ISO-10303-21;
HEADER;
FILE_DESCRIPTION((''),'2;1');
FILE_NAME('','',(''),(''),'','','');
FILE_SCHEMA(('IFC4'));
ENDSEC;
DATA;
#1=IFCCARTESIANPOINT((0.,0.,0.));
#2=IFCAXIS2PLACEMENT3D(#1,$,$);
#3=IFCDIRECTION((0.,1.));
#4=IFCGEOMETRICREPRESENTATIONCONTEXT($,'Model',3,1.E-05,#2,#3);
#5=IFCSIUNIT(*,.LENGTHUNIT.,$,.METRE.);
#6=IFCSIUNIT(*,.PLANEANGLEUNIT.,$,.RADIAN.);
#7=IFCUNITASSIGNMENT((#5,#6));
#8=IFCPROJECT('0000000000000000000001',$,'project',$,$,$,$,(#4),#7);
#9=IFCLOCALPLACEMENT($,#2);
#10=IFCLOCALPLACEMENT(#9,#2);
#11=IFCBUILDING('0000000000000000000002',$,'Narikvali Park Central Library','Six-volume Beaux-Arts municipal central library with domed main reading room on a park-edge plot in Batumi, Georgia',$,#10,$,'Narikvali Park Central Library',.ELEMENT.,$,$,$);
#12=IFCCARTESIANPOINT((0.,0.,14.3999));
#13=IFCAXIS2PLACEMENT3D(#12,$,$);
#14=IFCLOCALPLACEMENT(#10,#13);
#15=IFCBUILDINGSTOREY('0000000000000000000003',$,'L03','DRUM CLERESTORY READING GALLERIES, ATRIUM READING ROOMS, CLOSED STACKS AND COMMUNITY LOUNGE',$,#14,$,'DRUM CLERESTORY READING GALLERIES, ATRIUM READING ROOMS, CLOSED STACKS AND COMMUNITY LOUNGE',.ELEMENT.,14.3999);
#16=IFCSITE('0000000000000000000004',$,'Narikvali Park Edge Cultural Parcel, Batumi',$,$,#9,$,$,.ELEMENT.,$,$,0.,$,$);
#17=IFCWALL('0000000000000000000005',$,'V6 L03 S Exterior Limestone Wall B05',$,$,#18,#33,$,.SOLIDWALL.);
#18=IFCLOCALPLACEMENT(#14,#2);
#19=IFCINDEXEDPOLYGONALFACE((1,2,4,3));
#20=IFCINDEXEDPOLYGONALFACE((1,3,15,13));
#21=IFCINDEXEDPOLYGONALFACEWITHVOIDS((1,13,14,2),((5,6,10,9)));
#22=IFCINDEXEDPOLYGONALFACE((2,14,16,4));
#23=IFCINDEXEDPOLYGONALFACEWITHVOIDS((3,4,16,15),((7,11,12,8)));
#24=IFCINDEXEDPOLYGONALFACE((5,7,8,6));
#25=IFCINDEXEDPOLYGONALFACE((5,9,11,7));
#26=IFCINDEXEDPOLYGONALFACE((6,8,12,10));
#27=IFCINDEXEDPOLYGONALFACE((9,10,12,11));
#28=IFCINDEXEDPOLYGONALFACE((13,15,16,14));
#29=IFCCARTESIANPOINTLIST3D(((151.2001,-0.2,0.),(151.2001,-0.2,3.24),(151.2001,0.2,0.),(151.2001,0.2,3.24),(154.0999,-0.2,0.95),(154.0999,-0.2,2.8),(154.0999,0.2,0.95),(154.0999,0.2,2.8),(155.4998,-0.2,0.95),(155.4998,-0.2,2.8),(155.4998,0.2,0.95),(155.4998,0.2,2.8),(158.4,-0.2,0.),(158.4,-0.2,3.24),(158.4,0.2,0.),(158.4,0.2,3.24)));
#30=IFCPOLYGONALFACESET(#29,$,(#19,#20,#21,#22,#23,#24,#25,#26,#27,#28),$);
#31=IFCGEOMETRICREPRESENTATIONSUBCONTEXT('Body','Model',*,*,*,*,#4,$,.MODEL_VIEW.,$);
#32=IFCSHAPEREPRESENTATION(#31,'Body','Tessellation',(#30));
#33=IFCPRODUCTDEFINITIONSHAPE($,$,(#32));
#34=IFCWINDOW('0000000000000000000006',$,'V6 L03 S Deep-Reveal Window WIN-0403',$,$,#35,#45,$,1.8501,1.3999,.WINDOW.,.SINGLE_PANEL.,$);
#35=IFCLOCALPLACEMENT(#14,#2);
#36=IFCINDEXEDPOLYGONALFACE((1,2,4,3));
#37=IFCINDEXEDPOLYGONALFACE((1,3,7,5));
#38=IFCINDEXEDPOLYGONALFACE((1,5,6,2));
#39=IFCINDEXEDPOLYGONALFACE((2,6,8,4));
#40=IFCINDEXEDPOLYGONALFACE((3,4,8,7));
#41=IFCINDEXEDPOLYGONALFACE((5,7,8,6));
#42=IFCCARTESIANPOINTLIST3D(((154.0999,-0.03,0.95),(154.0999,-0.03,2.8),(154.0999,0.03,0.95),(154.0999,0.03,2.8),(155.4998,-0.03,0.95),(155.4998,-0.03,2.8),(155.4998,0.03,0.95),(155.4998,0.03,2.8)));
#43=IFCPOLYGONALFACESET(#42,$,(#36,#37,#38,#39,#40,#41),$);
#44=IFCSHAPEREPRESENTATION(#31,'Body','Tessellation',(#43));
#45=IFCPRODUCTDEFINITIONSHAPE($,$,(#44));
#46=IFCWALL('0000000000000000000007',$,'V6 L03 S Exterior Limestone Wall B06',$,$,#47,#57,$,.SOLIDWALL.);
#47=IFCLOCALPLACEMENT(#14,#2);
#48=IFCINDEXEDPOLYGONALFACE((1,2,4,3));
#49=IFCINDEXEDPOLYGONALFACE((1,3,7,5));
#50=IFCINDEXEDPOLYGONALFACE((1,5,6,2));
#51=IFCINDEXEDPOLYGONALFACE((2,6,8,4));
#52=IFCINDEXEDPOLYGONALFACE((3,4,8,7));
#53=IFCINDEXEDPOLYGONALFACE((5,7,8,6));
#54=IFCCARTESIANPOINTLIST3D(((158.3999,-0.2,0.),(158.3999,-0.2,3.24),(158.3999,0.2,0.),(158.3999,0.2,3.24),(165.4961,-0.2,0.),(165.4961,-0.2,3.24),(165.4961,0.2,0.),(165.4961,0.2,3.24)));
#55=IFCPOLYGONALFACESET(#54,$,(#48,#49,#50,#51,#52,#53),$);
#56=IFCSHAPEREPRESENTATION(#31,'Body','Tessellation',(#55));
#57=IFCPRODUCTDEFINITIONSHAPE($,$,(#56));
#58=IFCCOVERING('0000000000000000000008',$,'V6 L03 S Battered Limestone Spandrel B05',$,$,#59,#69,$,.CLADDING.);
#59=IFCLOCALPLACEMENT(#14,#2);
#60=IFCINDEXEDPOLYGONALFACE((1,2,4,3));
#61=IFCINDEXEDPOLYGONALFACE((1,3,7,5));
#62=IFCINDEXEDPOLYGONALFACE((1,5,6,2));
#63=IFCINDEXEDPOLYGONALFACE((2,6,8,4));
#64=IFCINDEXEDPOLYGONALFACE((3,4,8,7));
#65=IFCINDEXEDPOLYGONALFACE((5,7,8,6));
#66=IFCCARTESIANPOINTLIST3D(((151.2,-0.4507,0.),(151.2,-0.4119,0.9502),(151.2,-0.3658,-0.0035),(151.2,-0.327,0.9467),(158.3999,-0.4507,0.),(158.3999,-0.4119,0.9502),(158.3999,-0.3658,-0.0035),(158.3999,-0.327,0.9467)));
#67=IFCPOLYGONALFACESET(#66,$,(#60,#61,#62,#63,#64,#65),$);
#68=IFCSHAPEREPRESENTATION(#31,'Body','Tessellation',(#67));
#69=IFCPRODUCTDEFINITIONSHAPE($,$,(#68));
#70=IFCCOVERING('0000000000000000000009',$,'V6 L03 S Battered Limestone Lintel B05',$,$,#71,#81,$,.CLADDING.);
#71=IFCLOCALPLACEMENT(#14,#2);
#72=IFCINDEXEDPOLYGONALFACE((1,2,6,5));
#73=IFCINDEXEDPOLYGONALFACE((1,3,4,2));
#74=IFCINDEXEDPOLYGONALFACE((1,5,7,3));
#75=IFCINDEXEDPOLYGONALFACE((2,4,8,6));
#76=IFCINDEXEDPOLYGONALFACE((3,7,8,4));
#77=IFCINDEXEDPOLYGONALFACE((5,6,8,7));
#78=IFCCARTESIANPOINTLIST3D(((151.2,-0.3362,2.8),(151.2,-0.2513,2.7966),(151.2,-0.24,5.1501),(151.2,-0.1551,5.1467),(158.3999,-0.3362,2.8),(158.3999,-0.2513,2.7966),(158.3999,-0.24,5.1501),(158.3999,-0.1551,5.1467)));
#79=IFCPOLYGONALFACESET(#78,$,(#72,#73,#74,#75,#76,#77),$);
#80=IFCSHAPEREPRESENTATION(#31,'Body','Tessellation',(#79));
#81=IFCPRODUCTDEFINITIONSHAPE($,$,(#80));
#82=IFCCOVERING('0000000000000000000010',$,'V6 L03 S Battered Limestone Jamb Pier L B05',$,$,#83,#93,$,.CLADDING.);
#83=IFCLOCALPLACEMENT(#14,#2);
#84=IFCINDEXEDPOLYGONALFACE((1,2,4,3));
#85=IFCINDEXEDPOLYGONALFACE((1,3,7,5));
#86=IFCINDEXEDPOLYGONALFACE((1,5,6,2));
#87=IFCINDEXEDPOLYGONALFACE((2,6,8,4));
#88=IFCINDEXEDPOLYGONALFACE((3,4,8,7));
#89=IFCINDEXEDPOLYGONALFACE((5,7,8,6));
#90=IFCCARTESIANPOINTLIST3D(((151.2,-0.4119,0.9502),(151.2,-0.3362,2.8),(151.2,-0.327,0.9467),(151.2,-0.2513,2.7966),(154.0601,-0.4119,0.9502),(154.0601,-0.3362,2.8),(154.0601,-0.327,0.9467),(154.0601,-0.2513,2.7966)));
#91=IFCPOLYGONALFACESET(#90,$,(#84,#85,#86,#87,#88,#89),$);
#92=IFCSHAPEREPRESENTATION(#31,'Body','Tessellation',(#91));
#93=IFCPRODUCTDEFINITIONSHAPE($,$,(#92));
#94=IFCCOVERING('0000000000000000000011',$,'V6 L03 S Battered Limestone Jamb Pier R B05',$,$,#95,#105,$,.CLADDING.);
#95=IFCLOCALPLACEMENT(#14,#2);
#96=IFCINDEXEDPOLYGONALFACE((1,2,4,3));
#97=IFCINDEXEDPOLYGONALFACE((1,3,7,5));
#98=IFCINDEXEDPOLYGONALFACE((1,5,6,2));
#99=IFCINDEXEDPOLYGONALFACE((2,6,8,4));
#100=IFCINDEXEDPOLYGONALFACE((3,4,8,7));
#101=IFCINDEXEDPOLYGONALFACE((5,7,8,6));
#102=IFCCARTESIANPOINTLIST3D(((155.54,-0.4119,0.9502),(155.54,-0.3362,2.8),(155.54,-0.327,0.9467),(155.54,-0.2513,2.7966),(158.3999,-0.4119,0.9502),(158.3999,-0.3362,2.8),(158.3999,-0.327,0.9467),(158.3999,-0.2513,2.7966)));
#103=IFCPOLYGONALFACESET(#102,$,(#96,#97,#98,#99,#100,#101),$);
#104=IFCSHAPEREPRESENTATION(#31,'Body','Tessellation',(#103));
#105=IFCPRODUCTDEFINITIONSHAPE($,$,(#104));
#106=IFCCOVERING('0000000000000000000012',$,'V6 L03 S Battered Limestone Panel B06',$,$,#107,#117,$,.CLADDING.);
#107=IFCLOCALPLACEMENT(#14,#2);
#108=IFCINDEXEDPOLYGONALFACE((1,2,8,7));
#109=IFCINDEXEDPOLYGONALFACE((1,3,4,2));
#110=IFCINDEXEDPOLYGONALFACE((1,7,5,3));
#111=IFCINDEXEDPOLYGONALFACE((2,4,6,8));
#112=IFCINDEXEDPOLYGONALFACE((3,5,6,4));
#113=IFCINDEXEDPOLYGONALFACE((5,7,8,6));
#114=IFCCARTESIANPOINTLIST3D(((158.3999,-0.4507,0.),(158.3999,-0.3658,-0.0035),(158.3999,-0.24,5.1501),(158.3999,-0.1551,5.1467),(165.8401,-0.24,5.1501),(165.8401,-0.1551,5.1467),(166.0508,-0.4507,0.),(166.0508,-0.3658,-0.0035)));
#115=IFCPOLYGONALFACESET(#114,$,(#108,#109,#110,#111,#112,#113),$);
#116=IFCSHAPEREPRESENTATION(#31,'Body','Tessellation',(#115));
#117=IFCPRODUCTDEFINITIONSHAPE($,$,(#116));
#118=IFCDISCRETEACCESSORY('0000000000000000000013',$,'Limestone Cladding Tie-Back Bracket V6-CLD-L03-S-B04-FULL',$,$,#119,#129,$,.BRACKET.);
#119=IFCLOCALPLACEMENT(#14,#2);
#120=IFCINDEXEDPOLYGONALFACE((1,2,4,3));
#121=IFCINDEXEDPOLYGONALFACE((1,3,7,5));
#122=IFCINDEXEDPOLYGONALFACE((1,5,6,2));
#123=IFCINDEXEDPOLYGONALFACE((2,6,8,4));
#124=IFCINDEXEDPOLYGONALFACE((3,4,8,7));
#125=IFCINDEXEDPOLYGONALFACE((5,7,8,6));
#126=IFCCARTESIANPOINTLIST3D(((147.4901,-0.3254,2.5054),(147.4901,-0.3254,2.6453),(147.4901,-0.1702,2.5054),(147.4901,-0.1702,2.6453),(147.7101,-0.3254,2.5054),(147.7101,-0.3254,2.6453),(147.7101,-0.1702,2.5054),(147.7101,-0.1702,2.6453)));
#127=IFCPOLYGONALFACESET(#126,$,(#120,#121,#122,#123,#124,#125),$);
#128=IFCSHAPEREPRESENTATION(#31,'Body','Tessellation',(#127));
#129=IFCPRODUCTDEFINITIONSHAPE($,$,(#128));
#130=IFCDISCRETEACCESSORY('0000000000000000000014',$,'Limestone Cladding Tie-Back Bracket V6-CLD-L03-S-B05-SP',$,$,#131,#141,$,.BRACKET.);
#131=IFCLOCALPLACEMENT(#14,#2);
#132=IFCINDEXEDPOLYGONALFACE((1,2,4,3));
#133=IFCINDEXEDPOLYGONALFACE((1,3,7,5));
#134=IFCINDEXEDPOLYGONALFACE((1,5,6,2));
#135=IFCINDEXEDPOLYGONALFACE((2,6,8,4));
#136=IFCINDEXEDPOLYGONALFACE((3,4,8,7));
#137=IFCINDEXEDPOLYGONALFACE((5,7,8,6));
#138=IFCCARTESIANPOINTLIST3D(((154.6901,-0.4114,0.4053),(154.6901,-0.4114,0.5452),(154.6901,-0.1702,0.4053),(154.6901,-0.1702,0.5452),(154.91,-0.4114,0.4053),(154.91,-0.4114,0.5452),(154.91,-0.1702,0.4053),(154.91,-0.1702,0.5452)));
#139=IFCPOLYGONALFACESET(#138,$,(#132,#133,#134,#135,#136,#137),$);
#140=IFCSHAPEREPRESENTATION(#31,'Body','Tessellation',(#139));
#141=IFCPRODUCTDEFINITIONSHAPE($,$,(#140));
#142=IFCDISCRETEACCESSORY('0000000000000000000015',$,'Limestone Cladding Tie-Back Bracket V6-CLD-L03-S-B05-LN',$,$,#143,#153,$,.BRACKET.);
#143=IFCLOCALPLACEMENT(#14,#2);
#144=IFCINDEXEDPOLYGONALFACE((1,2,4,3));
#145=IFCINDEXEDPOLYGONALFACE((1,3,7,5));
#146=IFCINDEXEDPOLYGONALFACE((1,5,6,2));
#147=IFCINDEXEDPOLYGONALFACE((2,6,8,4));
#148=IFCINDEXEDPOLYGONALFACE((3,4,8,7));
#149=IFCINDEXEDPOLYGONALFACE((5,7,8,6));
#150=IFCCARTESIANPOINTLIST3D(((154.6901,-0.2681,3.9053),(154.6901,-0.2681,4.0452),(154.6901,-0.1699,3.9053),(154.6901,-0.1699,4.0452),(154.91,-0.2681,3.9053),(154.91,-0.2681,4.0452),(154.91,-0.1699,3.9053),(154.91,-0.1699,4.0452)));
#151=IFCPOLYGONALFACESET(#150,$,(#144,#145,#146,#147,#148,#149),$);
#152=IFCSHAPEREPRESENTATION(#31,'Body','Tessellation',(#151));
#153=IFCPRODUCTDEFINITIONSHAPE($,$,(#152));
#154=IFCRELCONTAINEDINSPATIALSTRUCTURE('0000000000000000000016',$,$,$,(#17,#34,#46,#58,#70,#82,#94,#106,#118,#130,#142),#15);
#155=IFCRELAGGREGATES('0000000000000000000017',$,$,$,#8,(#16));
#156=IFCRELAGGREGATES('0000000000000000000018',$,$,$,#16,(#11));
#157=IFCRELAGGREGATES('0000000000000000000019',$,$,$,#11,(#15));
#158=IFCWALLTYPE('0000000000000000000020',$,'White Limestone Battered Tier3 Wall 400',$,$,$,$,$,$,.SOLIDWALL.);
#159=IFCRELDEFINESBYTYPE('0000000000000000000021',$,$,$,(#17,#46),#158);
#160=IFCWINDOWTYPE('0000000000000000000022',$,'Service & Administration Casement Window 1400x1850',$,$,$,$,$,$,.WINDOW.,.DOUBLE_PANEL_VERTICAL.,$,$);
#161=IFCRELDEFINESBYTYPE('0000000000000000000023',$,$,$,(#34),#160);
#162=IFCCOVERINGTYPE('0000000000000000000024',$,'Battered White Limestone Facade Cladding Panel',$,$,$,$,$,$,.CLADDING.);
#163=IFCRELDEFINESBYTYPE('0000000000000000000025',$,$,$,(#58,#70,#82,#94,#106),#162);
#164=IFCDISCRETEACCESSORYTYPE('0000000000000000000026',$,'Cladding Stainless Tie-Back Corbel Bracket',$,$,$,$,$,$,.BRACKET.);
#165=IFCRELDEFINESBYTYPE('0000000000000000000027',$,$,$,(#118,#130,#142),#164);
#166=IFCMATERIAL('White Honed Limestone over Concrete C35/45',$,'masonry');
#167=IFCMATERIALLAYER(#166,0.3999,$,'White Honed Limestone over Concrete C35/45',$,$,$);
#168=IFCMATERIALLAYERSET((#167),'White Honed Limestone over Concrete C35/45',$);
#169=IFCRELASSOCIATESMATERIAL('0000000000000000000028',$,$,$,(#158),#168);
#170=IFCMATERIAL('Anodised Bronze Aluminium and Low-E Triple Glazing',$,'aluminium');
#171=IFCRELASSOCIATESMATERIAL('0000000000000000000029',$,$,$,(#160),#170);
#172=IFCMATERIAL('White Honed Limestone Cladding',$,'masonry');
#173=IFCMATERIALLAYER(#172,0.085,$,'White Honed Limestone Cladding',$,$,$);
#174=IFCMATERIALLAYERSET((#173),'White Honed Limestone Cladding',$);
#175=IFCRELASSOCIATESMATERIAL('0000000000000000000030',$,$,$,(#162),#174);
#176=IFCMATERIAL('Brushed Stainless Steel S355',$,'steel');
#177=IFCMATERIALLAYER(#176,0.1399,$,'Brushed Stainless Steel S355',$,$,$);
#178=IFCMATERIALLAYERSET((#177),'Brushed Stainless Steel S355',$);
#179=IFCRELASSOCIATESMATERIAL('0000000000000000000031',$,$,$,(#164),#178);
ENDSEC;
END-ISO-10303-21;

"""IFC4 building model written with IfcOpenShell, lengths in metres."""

from ifc_helpers import new_model, si_unit, direction, frame, frame_2d, origin, origin_2d, place, context, subcontext, project, spatial, polyline, rectangle, outline, extrude, material, layer, layer_set, type_object, element, fill, save


model = new_model("IFC4")

# Units and contexts
model_context = context("Model", 3, precision=1e-05, world=origin(), true_north=direction((0.0, 1.0)))
body_context = subcontext(model_context, "Body", "Model", "MODEL_VIEW")
ifc_project = project(units=[si_unit("LENGTHUNIT", "METRE"), si_unit("PLANEANGLEUNIT", "RADIAN")], contexts=[model_context])

# Site, building, storey
site_placement = place(None, origin())
site = spatial("IfcSite", under=ifc_project, at=site_placement, Name="Narikvali Park Edge Cultural Parcel, Batumi", CompositionType="ELEMENT", RefElevation=0.0)
building_placement = place(site_placement, origin())
building = spatial("IfcBuilding", under=site, at=building_placement, Name="Narikvali Park Central Library", Description="Six-volume Beaux-Arts municipal central library with domed main reading room on a park-edge plot in Batumi, Georgia", LongName="Narikvali Park Central Library", CompositionType="ELEMENT")
storey_placement = place(building_placement, frame((0.0, 0.0, 14.3999)))
storey = spatial("IfcBuildingStorey", under=building, at=storey_placement, Name="L03", Description="DRUM CLERESTORY READING GALLERIES, ATRIUM READING ROOMS, CLOSED STACKS AND COMMUNITY LOUNGE", LongName="DRUM CLERESTORY READING GALLERIES, ATRIUM READING ROOMS, CLOSED STACKS AND COMMUNITY LOUNGE", CompositionType="ELEMENT", Elevation=14.3999)

# Wall, opening, window
ifc_material_1 = material(Name="White Honed Limestone over Concrete C35/45", Category="masonry")
ifc_layer_1 = layer(ifc_material_1, 0.3999, Name="White Honed Limestone over Concrete C35/45")
ifc_layer_set_1 = layer_set([ifc_layer_1], Name="White Honed Limestone over Concrete C35/45")
wall_type_1 = type_object("IfcWallType", Name="White Limestone Battered Tier3 Wall 400", PredefinedType="SOLIDWALL", material=ifc_layer_set_1)
wall_1_placement = place(storey_placement, frame((151.2, 0.0, 0.0), z_axis=(0.0, 0.0, 1.0), x_axis=(1.0, 0.0, 0.0)))
wall_1 = element("IfcWall", 1, at=wall_1_placement, inside=storey, type_object=wall_type_1, Name="V6 L03 S Exterior Limestone Wall B05", PredefinedType="SOLIDWALL", context=body_context, shape_type="SweptSolid", body=[
    extrude(rectangle(XDim=7.2, YDim=0.3999, at=frame_2d((3.6001, 0.0))), origin(), (0.0, 0.0, 1.0), 3.24),
])
opening_1_placement = place(wall_1_placement, frame((2.8999, 0.0, 0.95)))
opening_1 = element("IfcOpeningElement", 2, at=opening_1_placement, cuts=wall_1, PredefinedType="OPENING", context=body_context, shape_type="SweptSolid", body=[
    extrude(rectangle(XDim=1.3999, YDim=1.8501, at=frame_2d((0.7, 0.925))), frame((0.0, 0.2119, 0.0), z_axis=(0.0, -1.0, 0.0), x_axis=(1.0, 0.0, 0.0)), (0.0, 0.0, 1.0), 0.4238),
])
ifc_material_2 = material(Name="Anodised Bronze Aluminium and Low-E Triple Glazing", Category="aluminium")
window_type = type_object("IfcWindowType", Name="Service & Administration Casement Window 1400x1850", PartitioningType="DOUBLE_PANEL_VERTICAL", PredefinedType="WINDOW", material=ifc_material_2)
window_placement = place(opening_1_placement, origin())
window = element("IfcWindow", 3, at=window_placement, inside=storey, type_object=window_type, Name="V6 L03 S Deep-Reveal Window WIN-0403", OverallHeight=1.8501, OverallWidth=1.3999, PartitioningType="SINGLE_PANEL", PredefinedType="WINDOW", context=body_context, shape_type="SweptSolid", body=[
    extrude(rectangle(XDim=1.3999, YDim=1.8501, at=frame_2d((0.7, 0.925))), frame((0.0, 0.03, 0.0), z_axis=(0.0, -1.0, 0.0), x_axis=(1.0, 0.0, 0.0)), (0.0, 0.0, 1.0), 0.0601),
])
fill(opening_1, window)

# Wall
wall_2_placement = place(storey_placement, frame((158.3999, 0.0, 0.0), z_axis=(0.0, 0.0, 1.0), x_axis=(1.0, 0.0, 0.0)))
element("IfcWall", 4, at=wall_2_placement, inside=storey, type_object=wall_type_1, Name="V6 L03 S Exterior Limestone Wall B06", PredefinedType="SOLIDWALL", context=body_context, shape_type="SweptSolid", body=[
    extrude(rectangle(XDim=7.0962, YDim=0.3999, at=frame_2d((3.5481, 0.0))), origin(), (0.0, 0.0, 1.0), 3.24),
])

# Coverings
ifc_material_3 = material(Name="White Honed Limestone Cladding", Category="masonry")
ifc_layer_2 = layer(ifc_material_3, 0.085, Name="White Honed Limestone Cladding")
ifc_layer_set_2 = layer_set([ifc_layer_2], Name="White Honed Limestone Cladding")
covering_type = type_object("IfcCoveringType", Name="Battered White Limestone Facade Cladding Panel", PredefinedType="CLADDING", material=ifc_layer_set_2)
covering_1_placement = place(storey_placement, frame((151.2, -0.4507, 0.0), z_axis=(0.0, -0.999167, 0.040819), x_axis=(1.0, 0.0, 0.0)))
element("IfcCovering", 5, at=covering_1_placement, inside=storey, type_object=covering_type, Name="V6 L03 S Battered Limestone Spandrel B05", PredefinedType="CLADDING", context=body_context, shape_type="SweptSolid", body=[
    extrude(outline(polyline([(0.0, 0.0), (7.2, 0.0), (7.2, 0.951), (0.0, 0.951), (0.0, 0.0)])), origin(), (0.0, 0.0, -1.0), 0.085),
])
covering_2_placement = place(storey_placement, frame((151.2, -0.3362, 2.8), z_axis=(0.0, -0.999163, 0.040897), x_axis=(1.0, 0.0, 0.0)))
element("IfcCovering", 6, at=covering_2_placement, inside=storey, type_object=covering_type, Name="V6 L03 S Battered Limestone Lintel B05", PredefinedType="CLADDING", context=body_context, shape_type="SweptSolid", body=[
    extrude(outline(polyline([(0.0, 0.0), (7.2, 0.0), (7.2, 2.3521), (0.0, 2.3521), (0.0, 0.0)])), origin(), (0.0, 0.0, -1.0), 0.085),
])
covering_3_placement = place(storey_placement, frame((151.2, -0.4119, 0.9502), z_axis=(0.0, -0.999164, 0.040879), x_axis=(1.0, 0.0, 0.0)))
element("IfcCovering", 7, at=covering_3_placement, inside=storey, type_object=covering_type, Name="V6 L03 S Battered Limestone Jamb Pier L B05", PredefinedType="CLADDING", context=body_context, shape_type="SweptSolid", body=[
    extrude(outline(polyline([(0.0, 0.0), (2.8601, 0.0), (2.8601, 1.8514), (0.0, 1.8514), (0.0, 0.0)])), origin(), (0.0, 0.0, -1.0), 0.085),
])
covering_4_placement = place(storey_placement, frame((155.54, -0.4119, 0.9502), z_axis=(0.0, -0.999164, 0.040879), x_axis=(1.0, 0.0, 0.0)))
element("IfcCovering", 8, at=covering_4_placement, inside=storey, type_object=covering_type, Name="V6 L03 S Battered Limestone Jamb Pier R B05", PredefinedType="CLADDING", context=body_context, shape_type="SweptSolid", body=[
    extrude(outline(polyline([(0.0, 0.0), (2.8599, 0.0), (2.8599, 1.8514), (0.0, 1.8514), (0.0, 0.0)])), origin(), (0.0, 0.0, -1.0), 0.085),
])
covering_5_placement = place(storey_placement, frame((158.3999, -0.4507, 0.0), z_axis=(0.0, -0.999164, 0.040876), x_axis=(1.0, 0.0, 0.0)))
element("IfcCovering", 9, at=covering_5_placement, inside=storey, type_object=covering_type, Name="V6 L03 S Battered Limestone Panel B06", PredefinedType="CLADDING", context=body_context, shape_type="SweptSolid", body=[
    extrude(outline(polyline([(0.0, 0.0), (7.6509, 0.0), (7.4402, 5.1545), (0.0, 5.1545), (0.0, 0.0)])), origin(), (0.0, 0.0, -1.0), 0.085),
])

# Discrete accessories
ifc_material_4 = material(Name="Brushed Stainless Steel S355", Category="steel")
ifc_layer_3 = layer(ifc_material_4, 0.1399, Name="Brushed Stainless Steel S355")
ifc_layer_set_3 = layer_set([ifc_layer_3], Name="Brushed Stainless Steel S355")
discrete_accessory_type = type_object("IfcDiscreteAccessoryType", Name="Cladding Stainless Tie-Back Corbel Bracket", PredefinedType="BRACKET", material=ifc_layer_set_3)
discrete_accessory_1_placement = place(storey_placement, frame((147.6001, -0.2478, 2.5054), z_axis=(0.0, 0.0, 1.0), x_axis=(1.0, 0.0, 0.0)))
element("IfcDiscreteAccessory", 10, at=discrete_accessory_1_placement, inside=storey, type_object=discrete_accessory_type, Name="Limestone Cladding Tie-Back Bracket V6-CLD-L03-S-B04-FULL", PredefinedType="BRACKET", context=body_context, shape_type="SweptSolid", body=[
    extrude(rectangle(XDim=0.22, YDim=0.1553, at=origin_2d()), origin(), (0.0, 0.0, 1.0), 0.1399),
])
discrete_accessory_2_placement = place(storey_placement, frame((154.8, -0.2908, 0.4053), z_axis=(0.0, 0.0, 1.0), x_axis=(1.0, 0.0, 0.0)))
element("IfcDiscreteAccessory", 11, at=discrete_accessory_2_placement, inside=storey, type_object=discrete_accessory_type, Name="Limestone Cladding Tie-Back Bracket V6-CLD-L03-S-B05-SP", PredefinedType="BRACKET", context=body_context, shape_type="SweptSolid", body=[
    extrude(rectangle(XDim=0.22, YDim=0.2412, at=origin_2d()), origin(), (0.0, 0.0, 1.0), 0.1399),
])
discrete_accessory_3_placement = place(storey_placement, frame((154.8, -0.219, 3.9053), z_axis=(0.0, 0.0, 1.0), x_axis=(1.0, 0.0, 0.0)))
element("IfcDiscreteAccessory", 12, at=discrete_accessory_3_placement, inside=storey, type_object=discrete_accessory_type, Name="Limestone Cladding Tie-Back Bracket V6-CLD-L03-S-B05-LN", PredefinedType="BRACKET", context=body_context, shape_type="SweptSolid", body=[
    extrude(rectangle(XDim=0.22, YDim=0.0981, at=origin_2d()), origin(), (0.0, 0.0, 1.0), 0.1399),
])

save(model, "model.ifc")
